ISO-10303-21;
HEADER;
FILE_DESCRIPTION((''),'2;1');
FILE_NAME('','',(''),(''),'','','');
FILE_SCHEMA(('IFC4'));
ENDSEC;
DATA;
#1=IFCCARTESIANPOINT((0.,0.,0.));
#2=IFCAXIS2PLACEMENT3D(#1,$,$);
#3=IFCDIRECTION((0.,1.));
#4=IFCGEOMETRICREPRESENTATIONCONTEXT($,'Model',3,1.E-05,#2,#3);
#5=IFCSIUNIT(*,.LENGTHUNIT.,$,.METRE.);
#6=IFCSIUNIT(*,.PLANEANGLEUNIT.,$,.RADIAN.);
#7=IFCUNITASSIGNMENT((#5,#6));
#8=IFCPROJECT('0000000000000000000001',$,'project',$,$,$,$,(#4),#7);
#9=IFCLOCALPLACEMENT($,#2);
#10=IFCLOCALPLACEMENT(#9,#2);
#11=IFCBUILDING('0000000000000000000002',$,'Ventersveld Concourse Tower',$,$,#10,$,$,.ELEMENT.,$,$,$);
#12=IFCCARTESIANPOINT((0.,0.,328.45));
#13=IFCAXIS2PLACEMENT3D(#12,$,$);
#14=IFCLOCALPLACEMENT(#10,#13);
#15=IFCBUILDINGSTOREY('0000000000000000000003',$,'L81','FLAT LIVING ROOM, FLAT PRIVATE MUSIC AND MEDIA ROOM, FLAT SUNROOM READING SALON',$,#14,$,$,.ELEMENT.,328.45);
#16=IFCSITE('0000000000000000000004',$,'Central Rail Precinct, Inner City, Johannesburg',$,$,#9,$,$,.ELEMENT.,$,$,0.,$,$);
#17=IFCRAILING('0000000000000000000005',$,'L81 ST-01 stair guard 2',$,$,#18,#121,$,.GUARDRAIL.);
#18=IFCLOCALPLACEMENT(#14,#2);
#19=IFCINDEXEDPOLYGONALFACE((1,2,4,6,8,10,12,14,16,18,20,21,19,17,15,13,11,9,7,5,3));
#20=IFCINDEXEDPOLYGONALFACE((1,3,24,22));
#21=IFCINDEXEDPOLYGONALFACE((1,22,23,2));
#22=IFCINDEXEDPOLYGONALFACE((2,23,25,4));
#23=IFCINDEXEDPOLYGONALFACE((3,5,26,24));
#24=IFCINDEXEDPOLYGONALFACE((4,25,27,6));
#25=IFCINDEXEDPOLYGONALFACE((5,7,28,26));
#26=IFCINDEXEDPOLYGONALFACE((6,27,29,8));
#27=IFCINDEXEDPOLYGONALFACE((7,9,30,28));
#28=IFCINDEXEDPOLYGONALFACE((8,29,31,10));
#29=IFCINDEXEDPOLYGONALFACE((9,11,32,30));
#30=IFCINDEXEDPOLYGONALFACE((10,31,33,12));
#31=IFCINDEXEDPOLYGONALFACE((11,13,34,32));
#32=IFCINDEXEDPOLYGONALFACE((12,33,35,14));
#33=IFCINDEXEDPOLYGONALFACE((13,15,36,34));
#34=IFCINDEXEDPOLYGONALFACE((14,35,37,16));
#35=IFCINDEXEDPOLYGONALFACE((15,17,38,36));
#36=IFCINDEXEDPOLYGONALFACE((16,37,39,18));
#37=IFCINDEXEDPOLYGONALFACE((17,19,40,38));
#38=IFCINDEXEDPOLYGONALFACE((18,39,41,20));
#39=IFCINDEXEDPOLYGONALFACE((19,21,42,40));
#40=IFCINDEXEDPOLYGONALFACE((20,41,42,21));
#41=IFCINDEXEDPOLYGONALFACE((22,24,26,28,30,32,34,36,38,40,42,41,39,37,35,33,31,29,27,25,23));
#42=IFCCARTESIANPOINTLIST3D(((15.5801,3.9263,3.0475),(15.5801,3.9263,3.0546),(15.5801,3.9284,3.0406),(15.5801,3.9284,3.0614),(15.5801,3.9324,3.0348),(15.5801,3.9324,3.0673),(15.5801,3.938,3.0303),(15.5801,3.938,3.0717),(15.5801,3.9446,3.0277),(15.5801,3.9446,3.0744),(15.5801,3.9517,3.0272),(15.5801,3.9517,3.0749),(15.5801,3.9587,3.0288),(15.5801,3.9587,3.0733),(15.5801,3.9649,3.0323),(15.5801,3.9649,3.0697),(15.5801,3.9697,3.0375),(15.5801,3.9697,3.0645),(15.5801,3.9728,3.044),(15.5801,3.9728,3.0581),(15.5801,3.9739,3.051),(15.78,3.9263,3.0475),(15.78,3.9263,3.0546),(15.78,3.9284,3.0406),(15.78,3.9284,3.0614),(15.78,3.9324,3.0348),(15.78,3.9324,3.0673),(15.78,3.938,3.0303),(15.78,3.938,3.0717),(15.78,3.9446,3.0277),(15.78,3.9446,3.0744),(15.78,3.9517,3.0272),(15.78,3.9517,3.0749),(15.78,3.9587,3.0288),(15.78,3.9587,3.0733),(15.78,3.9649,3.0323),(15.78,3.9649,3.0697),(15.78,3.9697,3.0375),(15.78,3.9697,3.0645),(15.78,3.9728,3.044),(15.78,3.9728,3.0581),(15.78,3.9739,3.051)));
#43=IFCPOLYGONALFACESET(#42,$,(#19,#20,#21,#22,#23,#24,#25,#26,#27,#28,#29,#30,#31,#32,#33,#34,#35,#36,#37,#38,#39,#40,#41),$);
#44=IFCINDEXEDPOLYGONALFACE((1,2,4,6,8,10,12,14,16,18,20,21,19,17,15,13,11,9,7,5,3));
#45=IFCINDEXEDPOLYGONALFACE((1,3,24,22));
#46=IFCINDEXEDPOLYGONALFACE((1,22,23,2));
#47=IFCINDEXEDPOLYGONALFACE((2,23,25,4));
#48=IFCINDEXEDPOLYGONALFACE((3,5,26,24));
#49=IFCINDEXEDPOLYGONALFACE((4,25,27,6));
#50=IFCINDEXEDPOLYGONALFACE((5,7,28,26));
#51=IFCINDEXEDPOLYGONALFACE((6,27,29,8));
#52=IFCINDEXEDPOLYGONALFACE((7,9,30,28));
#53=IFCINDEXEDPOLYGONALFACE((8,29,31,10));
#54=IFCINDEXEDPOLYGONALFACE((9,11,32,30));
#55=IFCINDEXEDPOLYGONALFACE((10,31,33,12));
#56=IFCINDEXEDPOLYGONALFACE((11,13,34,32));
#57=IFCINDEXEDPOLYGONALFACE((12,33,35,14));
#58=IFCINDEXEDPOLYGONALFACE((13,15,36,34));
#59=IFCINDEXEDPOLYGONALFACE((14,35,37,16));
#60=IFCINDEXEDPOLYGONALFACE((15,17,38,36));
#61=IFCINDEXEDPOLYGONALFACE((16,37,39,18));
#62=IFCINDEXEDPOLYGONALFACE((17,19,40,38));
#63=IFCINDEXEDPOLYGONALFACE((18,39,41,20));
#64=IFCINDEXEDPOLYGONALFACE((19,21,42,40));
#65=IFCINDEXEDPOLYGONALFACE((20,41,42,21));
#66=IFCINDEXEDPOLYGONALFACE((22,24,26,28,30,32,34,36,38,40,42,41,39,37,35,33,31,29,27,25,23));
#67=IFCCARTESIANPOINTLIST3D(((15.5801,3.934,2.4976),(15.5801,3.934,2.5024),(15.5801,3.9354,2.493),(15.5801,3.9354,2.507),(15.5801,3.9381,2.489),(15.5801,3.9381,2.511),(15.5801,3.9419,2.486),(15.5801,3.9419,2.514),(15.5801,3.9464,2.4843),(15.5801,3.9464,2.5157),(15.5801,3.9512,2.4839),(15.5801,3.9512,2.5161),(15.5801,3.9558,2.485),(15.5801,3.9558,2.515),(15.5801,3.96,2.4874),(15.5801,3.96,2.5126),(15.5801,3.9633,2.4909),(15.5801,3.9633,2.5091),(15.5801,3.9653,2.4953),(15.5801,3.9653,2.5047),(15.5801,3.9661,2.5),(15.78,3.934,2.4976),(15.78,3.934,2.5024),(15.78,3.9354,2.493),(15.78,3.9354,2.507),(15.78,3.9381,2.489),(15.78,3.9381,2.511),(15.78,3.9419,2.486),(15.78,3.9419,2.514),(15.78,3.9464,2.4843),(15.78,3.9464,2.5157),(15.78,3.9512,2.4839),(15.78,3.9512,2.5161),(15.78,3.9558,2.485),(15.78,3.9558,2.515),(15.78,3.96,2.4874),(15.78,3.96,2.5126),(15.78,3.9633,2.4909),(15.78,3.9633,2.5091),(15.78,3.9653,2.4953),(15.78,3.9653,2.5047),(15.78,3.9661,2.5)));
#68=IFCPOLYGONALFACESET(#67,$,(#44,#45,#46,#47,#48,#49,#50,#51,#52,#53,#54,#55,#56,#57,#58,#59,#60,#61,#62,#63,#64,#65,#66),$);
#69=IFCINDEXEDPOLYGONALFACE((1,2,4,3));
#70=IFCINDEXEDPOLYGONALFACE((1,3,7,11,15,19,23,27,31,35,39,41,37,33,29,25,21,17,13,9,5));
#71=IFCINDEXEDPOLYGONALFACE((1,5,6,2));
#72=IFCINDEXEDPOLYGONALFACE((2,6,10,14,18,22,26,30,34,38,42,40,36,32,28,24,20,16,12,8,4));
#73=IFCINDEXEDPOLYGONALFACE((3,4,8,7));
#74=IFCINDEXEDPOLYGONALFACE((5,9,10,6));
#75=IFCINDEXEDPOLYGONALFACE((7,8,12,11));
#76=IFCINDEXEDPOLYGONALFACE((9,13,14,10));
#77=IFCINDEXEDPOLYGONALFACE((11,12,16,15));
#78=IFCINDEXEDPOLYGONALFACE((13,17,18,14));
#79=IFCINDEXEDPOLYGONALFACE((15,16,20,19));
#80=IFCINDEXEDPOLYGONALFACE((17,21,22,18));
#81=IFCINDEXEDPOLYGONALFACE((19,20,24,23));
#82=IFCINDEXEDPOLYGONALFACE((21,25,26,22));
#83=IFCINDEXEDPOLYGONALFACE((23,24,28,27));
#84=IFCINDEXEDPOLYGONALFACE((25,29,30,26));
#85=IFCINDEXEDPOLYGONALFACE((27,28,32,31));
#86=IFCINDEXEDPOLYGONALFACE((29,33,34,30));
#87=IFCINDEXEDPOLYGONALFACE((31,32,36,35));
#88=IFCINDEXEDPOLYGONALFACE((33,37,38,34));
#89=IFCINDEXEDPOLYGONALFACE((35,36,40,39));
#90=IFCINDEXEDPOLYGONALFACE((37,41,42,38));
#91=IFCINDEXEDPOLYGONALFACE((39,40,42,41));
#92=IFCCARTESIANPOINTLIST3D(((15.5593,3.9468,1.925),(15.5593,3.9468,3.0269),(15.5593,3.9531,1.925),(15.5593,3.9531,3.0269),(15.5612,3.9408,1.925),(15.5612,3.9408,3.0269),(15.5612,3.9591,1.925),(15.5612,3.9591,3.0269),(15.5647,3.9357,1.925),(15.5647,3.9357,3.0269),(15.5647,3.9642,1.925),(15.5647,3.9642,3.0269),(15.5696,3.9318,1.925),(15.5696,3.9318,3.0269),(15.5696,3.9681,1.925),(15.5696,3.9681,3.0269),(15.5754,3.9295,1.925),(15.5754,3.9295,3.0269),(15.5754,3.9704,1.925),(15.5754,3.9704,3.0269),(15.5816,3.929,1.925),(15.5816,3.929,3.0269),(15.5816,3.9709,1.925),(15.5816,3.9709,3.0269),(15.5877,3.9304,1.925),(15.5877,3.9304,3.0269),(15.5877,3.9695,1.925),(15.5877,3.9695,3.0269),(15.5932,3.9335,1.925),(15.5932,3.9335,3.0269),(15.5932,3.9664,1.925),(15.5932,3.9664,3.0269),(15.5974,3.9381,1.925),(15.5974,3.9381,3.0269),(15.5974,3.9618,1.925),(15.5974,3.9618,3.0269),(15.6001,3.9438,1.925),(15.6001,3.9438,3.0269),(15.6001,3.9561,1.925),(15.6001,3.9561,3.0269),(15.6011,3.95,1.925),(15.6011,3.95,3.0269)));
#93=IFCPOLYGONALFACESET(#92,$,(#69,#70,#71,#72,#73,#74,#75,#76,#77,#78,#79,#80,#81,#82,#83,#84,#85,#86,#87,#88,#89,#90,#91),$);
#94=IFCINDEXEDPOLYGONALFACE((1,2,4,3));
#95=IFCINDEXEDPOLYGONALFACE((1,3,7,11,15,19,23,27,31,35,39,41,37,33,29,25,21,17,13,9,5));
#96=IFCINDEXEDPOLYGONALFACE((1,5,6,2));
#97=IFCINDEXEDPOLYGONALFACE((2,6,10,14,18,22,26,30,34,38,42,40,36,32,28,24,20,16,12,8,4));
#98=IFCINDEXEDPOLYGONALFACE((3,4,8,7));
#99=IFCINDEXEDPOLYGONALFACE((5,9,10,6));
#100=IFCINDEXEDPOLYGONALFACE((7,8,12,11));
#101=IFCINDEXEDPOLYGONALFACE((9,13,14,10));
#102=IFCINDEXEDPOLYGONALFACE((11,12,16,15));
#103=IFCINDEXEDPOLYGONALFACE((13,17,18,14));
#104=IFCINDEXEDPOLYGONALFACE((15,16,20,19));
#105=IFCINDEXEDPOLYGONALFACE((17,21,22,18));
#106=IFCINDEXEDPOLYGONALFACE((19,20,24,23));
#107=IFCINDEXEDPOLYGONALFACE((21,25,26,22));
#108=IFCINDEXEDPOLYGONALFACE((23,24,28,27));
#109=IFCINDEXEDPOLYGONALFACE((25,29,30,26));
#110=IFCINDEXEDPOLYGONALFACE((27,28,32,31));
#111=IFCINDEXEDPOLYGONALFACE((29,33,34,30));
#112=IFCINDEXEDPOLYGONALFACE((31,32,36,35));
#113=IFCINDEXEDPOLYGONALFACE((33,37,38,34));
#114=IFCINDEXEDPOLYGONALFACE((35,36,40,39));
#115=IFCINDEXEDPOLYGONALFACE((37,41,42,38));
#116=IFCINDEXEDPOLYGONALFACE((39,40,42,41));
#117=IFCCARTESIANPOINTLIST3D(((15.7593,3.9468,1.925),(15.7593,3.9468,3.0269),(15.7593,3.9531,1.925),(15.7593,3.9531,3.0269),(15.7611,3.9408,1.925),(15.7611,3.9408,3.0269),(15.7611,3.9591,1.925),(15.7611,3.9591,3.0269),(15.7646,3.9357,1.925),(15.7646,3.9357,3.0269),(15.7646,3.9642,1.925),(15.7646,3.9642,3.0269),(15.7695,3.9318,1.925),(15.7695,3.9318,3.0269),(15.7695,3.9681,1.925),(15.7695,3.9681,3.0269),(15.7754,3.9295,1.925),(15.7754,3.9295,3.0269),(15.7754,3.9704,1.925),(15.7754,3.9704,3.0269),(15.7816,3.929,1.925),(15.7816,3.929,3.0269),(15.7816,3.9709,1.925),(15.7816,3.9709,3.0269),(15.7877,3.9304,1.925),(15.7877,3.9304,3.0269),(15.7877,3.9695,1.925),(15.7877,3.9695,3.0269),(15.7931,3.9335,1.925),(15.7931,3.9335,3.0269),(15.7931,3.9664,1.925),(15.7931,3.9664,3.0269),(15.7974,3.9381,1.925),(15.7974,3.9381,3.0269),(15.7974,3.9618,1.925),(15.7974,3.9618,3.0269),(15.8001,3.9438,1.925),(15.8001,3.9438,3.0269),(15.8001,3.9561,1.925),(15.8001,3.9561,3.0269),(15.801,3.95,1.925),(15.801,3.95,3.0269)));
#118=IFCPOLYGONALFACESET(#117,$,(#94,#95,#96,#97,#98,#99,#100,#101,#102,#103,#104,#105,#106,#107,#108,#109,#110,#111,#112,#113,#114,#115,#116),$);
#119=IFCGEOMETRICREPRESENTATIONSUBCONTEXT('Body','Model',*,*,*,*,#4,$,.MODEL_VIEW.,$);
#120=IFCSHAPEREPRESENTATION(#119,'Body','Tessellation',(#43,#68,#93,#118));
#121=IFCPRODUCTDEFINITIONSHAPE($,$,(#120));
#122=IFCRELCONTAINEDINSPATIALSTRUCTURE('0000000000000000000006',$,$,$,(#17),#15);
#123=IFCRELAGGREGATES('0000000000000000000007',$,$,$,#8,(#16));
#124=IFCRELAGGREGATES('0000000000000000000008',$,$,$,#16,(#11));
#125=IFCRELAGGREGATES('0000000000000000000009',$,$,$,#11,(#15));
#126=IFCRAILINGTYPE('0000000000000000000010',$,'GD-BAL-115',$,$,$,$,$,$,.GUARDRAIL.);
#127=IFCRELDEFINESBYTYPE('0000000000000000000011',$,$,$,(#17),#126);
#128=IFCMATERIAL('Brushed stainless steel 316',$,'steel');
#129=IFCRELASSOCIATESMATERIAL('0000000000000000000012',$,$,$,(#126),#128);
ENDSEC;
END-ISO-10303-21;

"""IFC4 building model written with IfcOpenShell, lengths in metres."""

from ifc_helpers import new_model, si_unit, direction, frame, origin, origin_2d, place, context, subcontext, project, spatial, circle, extrude, material, type_object, element, save


model = new_model("IFC4")

# Units and contexts
model_context = context("Model", 3, precision=1e-05, world=origin(), true_north=direction((0.0, 1.0)))
body_context = subcontext(model_context, "Body", "Model", "MODEL_VIEW")
ifc_project = project(units=[si_unit("LENGTHUNIT", "METRE"), si_unit("PLANEANGLEUNIT", "RADIAN")], contexts=[model_context])

# Site, building, storey
site_placement = place(None, origin())
site = spatial("IfcSite", under=ifc_project, at=site_placement, Name="Central Rail Precinct, Inner City, Johannesburg", CompositionType="ELEMENT", RefElevation=0.0)
building_placement = place(site_placement, origin())
building = spatial("IfcBuilding", under=site, at=building_placement, Name="Ventersveld Concourse Tower", CompositionType="ELEMENT")
storey_placement = place(building_placement, frame((0.0, 0.0, 328.45)))
storey = spatial("IfcBuildingStorey", under=building, at=storey_placement, Name="L81", Description="FLAT LIVING ROOM, FLAT PRIVATE MUSIC AND MEDIA ROOM, FLAT SUNROOM READING SALON", CompositionType="ELEMENT", Elevation=328.45)

# Shared definitions
ifc_material_1 = material(Name="Brushed stainless steel 316", Category="steel")

# Railing
railing_type_1 = type_object("IfcRailingType", Name="GD-BAL-115", PredefinedType="GUARDRAIL", material=ifc_material_1)
railing_1_placement = place(storey_placement, frame((15.5801, 3.95, 1.925)))
element("IfcRailing", 1, at=railing_1_placement, inside=storey, type_object=railing_type_1, Name="L81 ST-01 stair guard 2", PredefinedType="GUARDRAIL", context=body_context, shape_type="SweptSolid", body=[
    extrude(circle(Radius=0.0239, at=origin_2d()), frame((0.0, 0.0, 1.126), z_axis=(1.0, 0.0, 0.0), x_axis=(0.0, 1.0, 0.0)), (0.0, 0.0, 1.0), 0.2),
    extrude(circle(Radius=0.0161, at=origin_2d()), frame((0.0, 0.0, 0.575), z_axis=(1.0, 0.0, 0.0), x_axis=(0.0, 1.0, 0.0)), (0.0, 0.0, 1.0), 0.2),
    extrude(circle(Radius=0.021, at=origin_2d()), origin(), (0.0, 0.0, 1.0), 1.1018),
    extrude(circle(Radius=0.021, at=origin_2d()), frame((0.2, 0.0, 0.0)), (0.0, 0.0, 1.0), 1.1018),
])

save(model, "model.ifc")
